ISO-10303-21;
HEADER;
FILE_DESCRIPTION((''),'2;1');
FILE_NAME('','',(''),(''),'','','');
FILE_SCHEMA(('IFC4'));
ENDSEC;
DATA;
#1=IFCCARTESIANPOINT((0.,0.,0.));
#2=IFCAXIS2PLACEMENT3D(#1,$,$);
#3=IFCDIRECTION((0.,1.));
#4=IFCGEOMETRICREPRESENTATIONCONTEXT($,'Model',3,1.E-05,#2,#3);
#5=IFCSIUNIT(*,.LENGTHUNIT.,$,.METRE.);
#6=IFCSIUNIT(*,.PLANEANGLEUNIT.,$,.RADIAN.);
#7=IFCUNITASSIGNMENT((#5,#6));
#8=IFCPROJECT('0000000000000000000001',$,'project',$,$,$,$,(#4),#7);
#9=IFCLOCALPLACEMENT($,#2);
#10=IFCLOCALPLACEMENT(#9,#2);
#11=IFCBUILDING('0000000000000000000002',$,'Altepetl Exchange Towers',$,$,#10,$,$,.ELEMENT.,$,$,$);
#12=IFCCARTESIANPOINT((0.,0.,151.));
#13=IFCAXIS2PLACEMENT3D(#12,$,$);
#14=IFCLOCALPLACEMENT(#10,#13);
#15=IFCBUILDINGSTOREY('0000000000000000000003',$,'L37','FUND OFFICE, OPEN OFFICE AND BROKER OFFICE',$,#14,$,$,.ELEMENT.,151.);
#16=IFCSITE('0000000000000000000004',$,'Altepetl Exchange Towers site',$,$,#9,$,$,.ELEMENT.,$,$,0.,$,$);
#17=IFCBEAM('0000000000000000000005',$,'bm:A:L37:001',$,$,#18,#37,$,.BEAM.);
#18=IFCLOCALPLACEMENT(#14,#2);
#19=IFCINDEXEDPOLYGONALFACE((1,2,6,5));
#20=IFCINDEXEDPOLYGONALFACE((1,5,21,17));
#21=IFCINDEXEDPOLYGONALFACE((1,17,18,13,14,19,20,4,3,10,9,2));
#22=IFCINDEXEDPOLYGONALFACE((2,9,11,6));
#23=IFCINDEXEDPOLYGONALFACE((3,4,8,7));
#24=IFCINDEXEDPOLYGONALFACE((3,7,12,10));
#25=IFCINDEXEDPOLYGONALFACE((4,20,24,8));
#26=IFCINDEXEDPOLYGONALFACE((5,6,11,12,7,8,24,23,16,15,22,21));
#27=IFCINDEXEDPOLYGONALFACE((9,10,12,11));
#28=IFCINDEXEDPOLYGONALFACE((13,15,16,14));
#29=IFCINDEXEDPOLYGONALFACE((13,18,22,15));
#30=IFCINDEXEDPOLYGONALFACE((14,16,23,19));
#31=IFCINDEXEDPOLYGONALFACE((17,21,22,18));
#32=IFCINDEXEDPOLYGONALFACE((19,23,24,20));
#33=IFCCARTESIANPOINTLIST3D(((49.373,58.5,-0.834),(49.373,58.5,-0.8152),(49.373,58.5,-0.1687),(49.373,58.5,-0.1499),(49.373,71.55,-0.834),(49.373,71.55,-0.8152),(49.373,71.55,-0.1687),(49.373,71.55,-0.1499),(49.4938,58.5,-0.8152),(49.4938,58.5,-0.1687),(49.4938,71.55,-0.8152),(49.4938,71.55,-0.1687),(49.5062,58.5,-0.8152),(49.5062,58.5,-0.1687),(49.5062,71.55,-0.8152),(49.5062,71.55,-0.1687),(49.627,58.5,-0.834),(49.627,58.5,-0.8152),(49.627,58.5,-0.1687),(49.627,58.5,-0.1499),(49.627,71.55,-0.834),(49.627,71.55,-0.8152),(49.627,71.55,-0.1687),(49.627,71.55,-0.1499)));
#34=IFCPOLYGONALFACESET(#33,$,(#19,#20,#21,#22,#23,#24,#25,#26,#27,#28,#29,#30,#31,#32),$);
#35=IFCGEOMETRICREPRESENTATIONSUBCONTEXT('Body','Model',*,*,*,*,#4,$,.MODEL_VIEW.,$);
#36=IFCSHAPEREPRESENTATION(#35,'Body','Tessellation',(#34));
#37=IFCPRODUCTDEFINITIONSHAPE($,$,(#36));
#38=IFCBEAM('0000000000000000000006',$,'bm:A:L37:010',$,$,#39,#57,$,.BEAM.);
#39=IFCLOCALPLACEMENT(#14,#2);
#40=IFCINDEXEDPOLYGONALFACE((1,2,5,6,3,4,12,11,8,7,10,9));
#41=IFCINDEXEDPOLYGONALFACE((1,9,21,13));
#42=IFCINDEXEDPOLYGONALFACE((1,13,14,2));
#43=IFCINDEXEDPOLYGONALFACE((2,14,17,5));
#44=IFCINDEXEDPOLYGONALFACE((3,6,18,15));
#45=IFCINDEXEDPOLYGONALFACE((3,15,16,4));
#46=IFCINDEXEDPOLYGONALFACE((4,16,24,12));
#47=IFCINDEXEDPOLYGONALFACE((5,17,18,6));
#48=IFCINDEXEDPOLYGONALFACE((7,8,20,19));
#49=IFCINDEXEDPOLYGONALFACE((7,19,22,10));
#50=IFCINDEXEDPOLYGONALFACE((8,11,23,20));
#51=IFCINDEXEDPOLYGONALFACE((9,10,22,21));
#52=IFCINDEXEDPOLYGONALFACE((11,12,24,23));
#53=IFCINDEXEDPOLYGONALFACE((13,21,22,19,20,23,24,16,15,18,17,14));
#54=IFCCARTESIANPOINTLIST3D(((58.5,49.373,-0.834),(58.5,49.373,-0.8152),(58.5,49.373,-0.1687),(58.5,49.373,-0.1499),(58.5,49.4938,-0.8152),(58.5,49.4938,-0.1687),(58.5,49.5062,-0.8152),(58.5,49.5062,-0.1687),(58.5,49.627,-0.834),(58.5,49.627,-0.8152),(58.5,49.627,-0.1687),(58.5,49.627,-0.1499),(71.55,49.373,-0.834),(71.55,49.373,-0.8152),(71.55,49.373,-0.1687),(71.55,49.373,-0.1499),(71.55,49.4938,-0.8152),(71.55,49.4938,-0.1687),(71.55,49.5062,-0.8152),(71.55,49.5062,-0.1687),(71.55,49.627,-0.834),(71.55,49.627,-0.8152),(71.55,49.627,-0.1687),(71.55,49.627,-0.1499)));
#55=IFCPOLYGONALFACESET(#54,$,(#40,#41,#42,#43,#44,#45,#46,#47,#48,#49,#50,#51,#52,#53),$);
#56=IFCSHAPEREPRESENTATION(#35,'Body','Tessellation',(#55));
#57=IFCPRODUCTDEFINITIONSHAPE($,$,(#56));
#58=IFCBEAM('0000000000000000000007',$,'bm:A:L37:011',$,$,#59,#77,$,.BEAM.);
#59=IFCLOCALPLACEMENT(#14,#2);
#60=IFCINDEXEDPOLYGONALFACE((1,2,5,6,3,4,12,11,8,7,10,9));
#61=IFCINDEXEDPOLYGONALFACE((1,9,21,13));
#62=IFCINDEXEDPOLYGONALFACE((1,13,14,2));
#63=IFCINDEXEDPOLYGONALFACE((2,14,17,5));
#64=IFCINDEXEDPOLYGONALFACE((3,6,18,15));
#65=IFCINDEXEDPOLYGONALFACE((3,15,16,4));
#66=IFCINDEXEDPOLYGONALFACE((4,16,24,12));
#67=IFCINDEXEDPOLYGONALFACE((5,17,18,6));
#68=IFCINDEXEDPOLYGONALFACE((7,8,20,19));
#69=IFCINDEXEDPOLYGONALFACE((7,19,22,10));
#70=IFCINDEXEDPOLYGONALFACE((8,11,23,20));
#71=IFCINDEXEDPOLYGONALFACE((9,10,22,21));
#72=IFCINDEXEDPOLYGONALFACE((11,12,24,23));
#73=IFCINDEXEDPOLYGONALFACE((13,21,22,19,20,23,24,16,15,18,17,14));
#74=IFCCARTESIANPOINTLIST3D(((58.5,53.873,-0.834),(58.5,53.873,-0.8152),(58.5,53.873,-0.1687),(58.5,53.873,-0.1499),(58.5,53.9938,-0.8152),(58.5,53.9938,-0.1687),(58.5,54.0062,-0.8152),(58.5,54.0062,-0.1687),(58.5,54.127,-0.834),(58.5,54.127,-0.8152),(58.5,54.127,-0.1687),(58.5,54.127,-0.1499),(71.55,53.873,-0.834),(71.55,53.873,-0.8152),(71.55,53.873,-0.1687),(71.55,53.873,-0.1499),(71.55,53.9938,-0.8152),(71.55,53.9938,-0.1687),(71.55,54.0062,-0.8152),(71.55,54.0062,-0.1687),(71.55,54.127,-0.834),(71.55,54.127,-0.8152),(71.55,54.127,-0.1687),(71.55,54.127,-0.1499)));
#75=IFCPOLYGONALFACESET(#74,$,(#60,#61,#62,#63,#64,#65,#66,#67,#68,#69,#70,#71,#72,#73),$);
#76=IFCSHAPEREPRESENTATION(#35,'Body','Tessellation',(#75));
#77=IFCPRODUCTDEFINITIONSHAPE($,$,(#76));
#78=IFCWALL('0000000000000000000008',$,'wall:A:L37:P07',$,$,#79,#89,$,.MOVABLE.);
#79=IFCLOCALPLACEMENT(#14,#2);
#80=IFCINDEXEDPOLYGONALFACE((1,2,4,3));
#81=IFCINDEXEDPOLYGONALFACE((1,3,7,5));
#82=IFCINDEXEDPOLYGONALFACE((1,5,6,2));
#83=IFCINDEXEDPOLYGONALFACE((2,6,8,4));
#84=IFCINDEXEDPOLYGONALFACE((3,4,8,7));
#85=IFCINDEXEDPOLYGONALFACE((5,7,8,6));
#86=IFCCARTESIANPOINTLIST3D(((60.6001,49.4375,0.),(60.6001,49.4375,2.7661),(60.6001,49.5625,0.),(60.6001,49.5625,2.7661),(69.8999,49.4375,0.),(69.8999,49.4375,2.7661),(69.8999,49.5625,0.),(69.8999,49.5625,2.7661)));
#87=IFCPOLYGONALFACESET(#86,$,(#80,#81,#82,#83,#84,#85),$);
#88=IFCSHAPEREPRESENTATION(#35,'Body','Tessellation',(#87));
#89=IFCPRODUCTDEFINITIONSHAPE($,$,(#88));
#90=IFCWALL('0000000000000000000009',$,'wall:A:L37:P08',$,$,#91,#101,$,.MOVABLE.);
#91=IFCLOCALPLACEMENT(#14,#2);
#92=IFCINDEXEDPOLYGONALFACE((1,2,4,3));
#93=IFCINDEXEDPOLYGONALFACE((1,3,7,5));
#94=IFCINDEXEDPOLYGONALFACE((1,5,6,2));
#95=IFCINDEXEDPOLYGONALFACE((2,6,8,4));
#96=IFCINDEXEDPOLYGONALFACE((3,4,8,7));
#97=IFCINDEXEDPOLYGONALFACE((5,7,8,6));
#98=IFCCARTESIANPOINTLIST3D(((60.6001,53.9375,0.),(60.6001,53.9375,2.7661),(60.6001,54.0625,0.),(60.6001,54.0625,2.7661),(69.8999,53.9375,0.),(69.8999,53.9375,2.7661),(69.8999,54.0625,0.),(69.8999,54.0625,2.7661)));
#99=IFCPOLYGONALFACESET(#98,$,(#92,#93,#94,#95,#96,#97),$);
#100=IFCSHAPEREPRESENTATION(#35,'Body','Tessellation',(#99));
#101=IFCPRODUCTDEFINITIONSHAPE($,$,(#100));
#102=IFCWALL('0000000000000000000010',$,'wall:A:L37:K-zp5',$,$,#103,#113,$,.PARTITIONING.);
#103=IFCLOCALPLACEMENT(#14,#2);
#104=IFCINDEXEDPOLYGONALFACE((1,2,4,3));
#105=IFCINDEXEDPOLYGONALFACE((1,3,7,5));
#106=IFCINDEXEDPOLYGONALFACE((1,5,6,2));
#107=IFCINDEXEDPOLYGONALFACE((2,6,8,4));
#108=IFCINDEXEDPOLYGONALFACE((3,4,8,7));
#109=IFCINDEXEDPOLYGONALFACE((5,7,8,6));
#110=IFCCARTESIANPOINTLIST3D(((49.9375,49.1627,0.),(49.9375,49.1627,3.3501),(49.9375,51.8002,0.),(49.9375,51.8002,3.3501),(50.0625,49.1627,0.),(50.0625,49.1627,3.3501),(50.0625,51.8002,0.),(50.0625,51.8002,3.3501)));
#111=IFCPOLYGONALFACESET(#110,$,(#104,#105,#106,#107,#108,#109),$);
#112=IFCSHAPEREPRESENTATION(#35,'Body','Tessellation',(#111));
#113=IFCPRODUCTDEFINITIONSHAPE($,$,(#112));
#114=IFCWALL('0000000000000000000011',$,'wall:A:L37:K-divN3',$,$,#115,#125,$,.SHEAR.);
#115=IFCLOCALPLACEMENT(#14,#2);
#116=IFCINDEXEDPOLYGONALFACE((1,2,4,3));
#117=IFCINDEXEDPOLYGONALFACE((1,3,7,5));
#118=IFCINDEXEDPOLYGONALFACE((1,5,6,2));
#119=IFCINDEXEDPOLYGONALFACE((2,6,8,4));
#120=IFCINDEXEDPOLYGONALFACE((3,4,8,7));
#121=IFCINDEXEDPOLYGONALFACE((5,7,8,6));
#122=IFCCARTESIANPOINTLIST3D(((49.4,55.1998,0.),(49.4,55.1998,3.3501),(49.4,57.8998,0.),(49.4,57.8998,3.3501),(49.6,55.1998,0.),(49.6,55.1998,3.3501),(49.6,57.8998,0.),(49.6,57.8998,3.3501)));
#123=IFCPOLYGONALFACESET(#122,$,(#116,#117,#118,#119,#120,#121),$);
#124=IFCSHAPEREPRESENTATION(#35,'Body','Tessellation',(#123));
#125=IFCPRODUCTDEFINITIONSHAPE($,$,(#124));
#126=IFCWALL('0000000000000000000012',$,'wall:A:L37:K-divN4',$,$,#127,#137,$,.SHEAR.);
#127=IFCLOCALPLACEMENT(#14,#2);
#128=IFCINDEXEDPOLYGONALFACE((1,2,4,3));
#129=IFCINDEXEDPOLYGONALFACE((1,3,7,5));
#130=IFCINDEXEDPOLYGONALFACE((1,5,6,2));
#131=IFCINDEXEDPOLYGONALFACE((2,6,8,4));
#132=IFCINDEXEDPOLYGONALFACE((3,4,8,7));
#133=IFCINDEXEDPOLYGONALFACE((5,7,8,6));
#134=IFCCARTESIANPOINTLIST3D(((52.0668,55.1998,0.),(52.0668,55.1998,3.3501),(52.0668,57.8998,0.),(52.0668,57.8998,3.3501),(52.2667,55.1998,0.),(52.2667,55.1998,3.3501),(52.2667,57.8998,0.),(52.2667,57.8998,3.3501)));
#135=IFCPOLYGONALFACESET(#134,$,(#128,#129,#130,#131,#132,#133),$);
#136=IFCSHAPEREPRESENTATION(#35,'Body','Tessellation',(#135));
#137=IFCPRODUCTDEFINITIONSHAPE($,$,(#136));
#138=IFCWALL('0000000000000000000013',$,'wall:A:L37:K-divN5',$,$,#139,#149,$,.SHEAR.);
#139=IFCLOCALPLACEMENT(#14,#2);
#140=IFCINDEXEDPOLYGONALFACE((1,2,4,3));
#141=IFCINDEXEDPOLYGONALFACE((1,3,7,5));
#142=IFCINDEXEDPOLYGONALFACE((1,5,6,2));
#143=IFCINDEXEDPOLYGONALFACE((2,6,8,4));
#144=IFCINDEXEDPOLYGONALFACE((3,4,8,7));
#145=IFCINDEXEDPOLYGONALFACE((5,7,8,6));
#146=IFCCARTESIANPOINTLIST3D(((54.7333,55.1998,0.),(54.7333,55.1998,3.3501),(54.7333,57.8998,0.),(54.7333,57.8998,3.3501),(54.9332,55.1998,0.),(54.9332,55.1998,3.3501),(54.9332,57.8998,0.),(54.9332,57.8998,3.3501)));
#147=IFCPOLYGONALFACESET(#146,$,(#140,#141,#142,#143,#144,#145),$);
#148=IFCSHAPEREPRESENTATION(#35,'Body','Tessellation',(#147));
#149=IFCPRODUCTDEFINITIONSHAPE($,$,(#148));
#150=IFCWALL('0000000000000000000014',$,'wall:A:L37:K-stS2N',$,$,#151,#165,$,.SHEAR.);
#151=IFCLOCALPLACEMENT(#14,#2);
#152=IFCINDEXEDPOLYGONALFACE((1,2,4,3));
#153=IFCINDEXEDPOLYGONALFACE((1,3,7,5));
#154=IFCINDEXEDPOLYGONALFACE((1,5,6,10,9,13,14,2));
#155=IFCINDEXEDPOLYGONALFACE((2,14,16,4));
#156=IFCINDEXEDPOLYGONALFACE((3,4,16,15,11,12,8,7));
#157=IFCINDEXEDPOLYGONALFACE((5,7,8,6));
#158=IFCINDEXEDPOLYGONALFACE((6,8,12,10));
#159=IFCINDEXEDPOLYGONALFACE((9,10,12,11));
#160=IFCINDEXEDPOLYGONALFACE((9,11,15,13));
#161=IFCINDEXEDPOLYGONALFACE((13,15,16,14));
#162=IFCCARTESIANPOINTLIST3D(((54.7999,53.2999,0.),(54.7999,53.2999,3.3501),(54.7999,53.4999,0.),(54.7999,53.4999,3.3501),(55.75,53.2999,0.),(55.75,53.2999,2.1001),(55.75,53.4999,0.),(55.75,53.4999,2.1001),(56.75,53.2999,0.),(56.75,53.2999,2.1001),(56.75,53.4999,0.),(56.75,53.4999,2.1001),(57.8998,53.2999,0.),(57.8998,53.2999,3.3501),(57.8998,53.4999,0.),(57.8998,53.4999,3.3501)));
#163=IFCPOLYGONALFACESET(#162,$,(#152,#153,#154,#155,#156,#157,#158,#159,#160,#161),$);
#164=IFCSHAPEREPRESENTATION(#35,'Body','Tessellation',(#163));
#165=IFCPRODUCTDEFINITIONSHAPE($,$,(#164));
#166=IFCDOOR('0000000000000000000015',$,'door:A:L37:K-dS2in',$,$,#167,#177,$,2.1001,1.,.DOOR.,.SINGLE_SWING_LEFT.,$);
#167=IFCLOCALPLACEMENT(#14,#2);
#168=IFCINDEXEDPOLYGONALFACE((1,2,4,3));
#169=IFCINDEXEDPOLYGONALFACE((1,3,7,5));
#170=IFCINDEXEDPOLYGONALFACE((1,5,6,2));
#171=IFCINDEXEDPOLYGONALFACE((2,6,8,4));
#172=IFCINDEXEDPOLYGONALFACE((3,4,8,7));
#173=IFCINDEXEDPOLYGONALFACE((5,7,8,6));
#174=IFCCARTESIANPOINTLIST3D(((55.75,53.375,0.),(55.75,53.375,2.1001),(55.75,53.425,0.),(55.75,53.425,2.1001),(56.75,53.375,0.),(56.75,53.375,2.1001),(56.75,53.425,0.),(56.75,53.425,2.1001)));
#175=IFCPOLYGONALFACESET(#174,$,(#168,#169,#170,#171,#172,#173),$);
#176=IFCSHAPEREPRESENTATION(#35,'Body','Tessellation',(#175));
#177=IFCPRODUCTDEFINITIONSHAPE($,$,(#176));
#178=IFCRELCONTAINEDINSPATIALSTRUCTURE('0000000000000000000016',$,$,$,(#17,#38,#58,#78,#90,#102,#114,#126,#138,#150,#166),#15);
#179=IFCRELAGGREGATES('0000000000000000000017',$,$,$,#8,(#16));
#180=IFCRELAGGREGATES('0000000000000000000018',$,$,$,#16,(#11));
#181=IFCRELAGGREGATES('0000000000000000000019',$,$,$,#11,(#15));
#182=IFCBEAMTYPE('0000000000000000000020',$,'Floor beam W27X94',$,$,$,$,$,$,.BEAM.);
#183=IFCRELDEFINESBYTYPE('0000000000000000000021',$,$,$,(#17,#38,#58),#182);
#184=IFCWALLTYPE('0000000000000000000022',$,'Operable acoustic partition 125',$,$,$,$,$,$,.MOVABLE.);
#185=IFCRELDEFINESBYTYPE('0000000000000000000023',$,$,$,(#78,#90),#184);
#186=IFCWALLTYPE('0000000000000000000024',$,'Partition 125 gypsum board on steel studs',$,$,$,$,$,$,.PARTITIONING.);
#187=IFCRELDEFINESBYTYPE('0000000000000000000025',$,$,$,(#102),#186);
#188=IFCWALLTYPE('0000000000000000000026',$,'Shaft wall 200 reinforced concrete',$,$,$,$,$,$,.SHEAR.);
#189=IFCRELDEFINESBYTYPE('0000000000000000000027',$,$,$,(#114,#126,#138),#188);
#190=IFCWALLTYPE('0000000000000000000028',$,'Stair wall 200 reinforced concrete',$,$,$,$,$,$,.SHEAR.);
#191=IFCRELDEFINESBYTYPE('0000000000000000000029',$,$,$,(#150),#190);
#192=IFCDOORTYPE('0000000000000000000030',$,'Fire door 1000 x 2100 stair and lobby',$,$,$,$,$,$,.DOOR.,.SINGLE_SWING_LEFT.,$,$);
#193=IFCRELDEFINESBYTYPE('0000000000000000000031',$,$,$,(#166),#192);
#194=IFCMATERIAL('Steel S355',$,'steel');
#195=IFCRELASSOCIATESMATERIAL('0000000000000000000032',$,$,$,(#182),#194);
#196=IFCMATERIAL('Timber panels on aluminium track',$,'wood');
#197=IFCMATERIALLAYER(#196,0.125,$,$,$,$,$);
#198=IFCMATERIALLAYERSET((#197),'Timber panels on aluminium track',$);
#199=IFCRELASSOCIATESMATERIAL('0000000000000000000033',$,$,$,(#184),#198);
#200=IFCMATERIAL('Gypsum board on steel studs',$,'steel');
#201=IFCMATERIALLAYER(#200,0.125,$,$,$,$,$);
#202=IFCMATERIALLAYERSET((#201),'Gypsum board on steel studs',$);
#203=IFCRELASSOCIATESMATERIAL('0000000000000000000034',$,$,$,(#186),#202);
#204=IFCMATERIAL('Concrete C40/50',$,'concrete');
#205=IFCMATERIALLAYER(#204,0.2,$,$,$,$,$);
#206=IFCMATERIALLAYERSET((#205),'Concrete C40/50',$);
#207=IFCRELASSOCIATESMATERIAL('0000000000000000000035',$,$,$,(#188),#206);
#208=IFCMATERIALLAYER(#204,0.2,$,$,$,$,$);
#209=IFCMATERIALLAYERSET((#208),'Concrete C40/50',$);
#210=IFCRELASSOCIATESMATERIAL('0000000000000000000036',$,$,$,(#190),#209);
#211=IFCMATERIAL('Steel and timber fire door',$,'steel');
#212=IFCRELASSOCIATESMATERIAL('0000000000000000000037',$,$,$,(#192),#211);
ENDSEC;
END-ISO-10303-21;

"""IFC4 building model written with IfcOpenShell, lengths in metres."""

from ifc_helpers import new_model, si_unit, direction, frame, frame_2d, origin, origin_2d, place, context, subcontext, project, spatial, rectangle, i_section, extrude, material, layer, layer_set, material_profile, profile_set, type_object, element, fill, save


model = new_model("IFC4")

# Units and contexts
model_context = context("Model", 3, precision=1e-05, world=origin(), true_north=direction((0.0, 1.0)))
body_context = subcontext(model_context, "Body", "Model", "MODEL_VIEW")
ifc_project = project(units=[si_unit("LENGTHUNIT", "METRE"), si_unit("PLANEANGLEUNIT", "RADIAN")], contexts=[model_context])

# Site, building, storey
site_placement = place(None, origin())
site = spatial("IfcSite", under=ifc_project, at=site_placement, Name="Altepetl Exchange Towers site", CompositionType="ELEMENT", RefElevation=0.0)
building_placement = place(site_placement, origin())
building = spatial("IfcBuilding", under=site, at=building_placement, Name="Altepetl Exchange Towers", CompositionType="ELEMENT")
storey_placement = place(building_placement, frame((0.0, 0.0, 151.0)))
storey = spatial("IfcBuildingStorey", under=building, at=storey_placement, Name="L37", Description="FUND OFFICE, OPEN OFFICE AND BROKER OFFICE", CompositionType="ELEMENT", Elevation=151.0)

# Beams
ifc_material_1 = material(Name="Steel S355", Category="steel")
ifc_material_profile = material_profile(ifc_material_1, i_section(OverallWidth=0.2539, OverallDepth=0.6841, WebThickness=0.0125, FlangeThickness=0.0188, at=origin_2d()), Name="W27X94")
ifc_profile_set = profile_set([ifc_material_profile], Name="Steel S355")
beam_type = type_object("IfcBeamType", Name="Floor beam W27X94", PredefinedType="BEAM", material=ifc_profile_set)
for number, where, z_axis, x_axis, name in (
    (1, (49.5, 58.5, -0.4919), (0.0, 1.0, 0.0), (-1.0, 0.0, 0.0), "bm:A:L37:001"),
    (2, (58.5, 49.5, -0.4919), (1.0, 0.0, 0.0), (0.0, 1.0, 0.0), "bm:A:L37:010"),
    (3, (58.5, 54.0, -0.4919), (1.0, 0.0, 0.0), (0.0, 1.0, 0.0), "bm:A:L37:011"),
):
    element("IfcBeam", number, at=place(storey_placement, frame(where, z_axis=z_axis, x_axis=x_axis)), inside=storey, type_object=beam_type, Name=name, PredefinedType="BEAM", context=body_context, shape_type="SweptSolid", body=[
        extrude(i_section(OverallWidth=0.2539, OverallDepth=0.6841, WebThickness=0.0125, FlangeThickness=0.0188, at=origin_2d()), origin(), (0.0, 0.0, 1.0), 13.05),
    ])

# Walls
ifc_material_2 = material(Name="Timber panels on aluminium track", Category="wood")
ifc_layer_1 = layer(ifc_material_2, 0.125)
ifc_layer_set_1 = layer_set([ifc_layer_1], Name="Timber panels on aluminium track")
wall_type_1 = type_object("IfcWallType", Name="Operable acoustic partition 125", PredefinedType="MOVABLE", material=ifc_layer_set_1)
for number, where, name in (
    (4, (60.6001, 49.5, 0.0), "wall:A:L37:P07"),
    (5, (60.6001, 54.0, 0.0), "wall:A:L37:P08"),
):
    element("IfcWall", number, at=place(storey_placement, frame(where)), inside=storey, type_object=wall_type_1, Name=name, PredefinedType="MOVABLE", context=body_context, shape_type="SweptSolid", body=[
        extrude(rectangle(XDim=9.2998, YDim=0.125, at=frame_2d((4.6499, 0.0))), origin(), (0.0, 0.0, 1.0), 2.7661),
    ])
ifc_material_3 = material(Name="Gypsum board on steel studs", Category="steel")
ifc_layer_2 = layer(ifc_material_3, 0.125)
ifc_layer_set_2 = layer_set([ifc_layer_2], Name="Gypsum board on steel studs")
wall_type_2 = type_object("IfcWallType", Name="Partition 125 gypsum board on steel studs", PredefinedType="PARTITIONING", material=ifc_layer_set_2)
wall_1_placement = place(storey_placement, frame((50.0, 49.1626, 0.0), z_axis=(0.0, 0.0, 1.0), x_axis=(0.0, 1.0, 0.0)))
element("IfcWall", 6, at=wall_1_placement, inside=storey, type_object=wall_type_2, Name="wall:A:L37:K-zp5", PredefinedType="PARTITIONING", context=body_context, shape_type="SweptSolid", body=[
    extrude(rectangle(XDim=2.6375, YDim=0.125, at=frame_2d((1.3188, 0.0))), origin(), (0.0, 0.0, 1.0), 3.3501),
])
ifc_material_4 = material(Name="Concrete C40/50", Category="concrete")
ifc_layer_3 = layer(ifc_material_4, 0.2)
ifc_layer_set_3 = layer_set([ifc_layer_3], Name="Concrete C40/50")
wall_type_3 = type_object("IfcWallType", Name="Shaft wall 200 reinforced concrete", PredefinedType="SHEAR", material=ifc_layer_set_3)
for number, where, z_axis, x_axis, name in (
    (7, (49.5, 57.8999, 0.0), (0.0, 0.0, 1.0), (0.0, -1.0, 0.0), "wall:A:L37:K-divN3"),
    (8, (52.1667, 57.8999, 0.0), (0.0, 0.0, 1.0), (0.0, -1.0, 0.0), "wall:A:L37:K-divN4"),
    (9, (54.8333, 57.8999, 0.0), (0.0, 0.0, 1.0), (0.0, -1.0, 0.0), "wall:A:L37:K-divN5"),
):
    element("IfcWall", number, at=place(storey_placement, frame(where, z_axis=z_axis, x_axis=x_axis)), inside=storey, type_object=wall_type_3, Name=name, PredefinedType="SHEAR", context=body_context, shape_type="SweptSolid", body=[
        extrude(rectangle(XDim=2.7, YDim=0.2, at=frame_2d((1.3501, 0.0))), origin(), (0.0, 0.0, 1.0), 3.3501),
    ])

# Wall, opening, door
ifc_layer_4 = layer(ifc_material_4, 0.2)
ifc_layer_set_4 = layer_set([ifc_layer_4], Name="Concrete C40/50")
wall_type_4 = type_object("IfcWallType", Name="Stair wall 200 reinforced concrete", PredefinedType="SHEAR", material=ifc_layer_set_4)
wall_2_placement = place(storey_placement, frame((54.8, 53.3999, 0.0)))
wall_2 = element("IfcWall", 10, at=wall_2_placement, inside=storey, type_object=wall_type_4, Name="wall:A:L37:K-stS2N", PredefinedType="SHEAR", context=body_context, shape_type="SweptSolid", body=[
    extrude(rectangle(XDim=3.0999, YDim=0.2, at=frame_2d((1.5498, 0.0))), origin(), (0.0, 0.0, 1.0), 3.3501),
])
opening_placement = place(wall_2_placement, frame((0.95, 0.0, 0.0)))
opening = element("IfcOpeningElement", 11, at=opening_placement, cuts=wall_2, PredefinedType="OPENING", context=body_context, shape_type="SweptSolid", body=[
    extrude(rectangle(XDim=1.0, YDim=2.1001, at=frame_2d((0.5, 1.05))), frame((0.0, 0.1099, 0.0), z_axis=(0.0, -1.0, 0.0), x_axis=(1.0, 0.0, 0.0)), (0.0, 0.0, 1.0), 0.22),
])
ifc_material_5 = material(Name="Steel and timber fire door", Category="steel")
door_type = type_object("IfcDoorType", Name="Fire door 1000 x 2100 stair and lobby", OperationType="SINGLE_SWING_LEFT", PredefinedType="DOOR", material=ifc_material_5)
door_placement = place(opening_placement, frame((1.0, 0.0, 0.0), x_axis=(-1.0, 0.0, 0.0)))
door = element("IfcDoor", 12, at=door_placement, inside=storey, type_object=door_type, Name="door:A:L37:K-dS2in", OperationType="SINGLE_SWING_LEFT", OverallHeight=2.1001, OverallWidth=1.0, PredefinedType="DOOR", context=body_context, shape_type="SweptSolid", body=[
    extrude(rectangle(XDim=1.0, YDim=2.1001, at=frame_2d((0.5, 1.05))), frame((0.0, 0.0249, 0.0), z_axis=(0.0, -1.0, 0.0), x_axis=(1.0, 0.0, 0.0)), (0.0, 0.0, 1.0), 0.05),
])
fill(opening, door)

save(model, "model.ifc")
